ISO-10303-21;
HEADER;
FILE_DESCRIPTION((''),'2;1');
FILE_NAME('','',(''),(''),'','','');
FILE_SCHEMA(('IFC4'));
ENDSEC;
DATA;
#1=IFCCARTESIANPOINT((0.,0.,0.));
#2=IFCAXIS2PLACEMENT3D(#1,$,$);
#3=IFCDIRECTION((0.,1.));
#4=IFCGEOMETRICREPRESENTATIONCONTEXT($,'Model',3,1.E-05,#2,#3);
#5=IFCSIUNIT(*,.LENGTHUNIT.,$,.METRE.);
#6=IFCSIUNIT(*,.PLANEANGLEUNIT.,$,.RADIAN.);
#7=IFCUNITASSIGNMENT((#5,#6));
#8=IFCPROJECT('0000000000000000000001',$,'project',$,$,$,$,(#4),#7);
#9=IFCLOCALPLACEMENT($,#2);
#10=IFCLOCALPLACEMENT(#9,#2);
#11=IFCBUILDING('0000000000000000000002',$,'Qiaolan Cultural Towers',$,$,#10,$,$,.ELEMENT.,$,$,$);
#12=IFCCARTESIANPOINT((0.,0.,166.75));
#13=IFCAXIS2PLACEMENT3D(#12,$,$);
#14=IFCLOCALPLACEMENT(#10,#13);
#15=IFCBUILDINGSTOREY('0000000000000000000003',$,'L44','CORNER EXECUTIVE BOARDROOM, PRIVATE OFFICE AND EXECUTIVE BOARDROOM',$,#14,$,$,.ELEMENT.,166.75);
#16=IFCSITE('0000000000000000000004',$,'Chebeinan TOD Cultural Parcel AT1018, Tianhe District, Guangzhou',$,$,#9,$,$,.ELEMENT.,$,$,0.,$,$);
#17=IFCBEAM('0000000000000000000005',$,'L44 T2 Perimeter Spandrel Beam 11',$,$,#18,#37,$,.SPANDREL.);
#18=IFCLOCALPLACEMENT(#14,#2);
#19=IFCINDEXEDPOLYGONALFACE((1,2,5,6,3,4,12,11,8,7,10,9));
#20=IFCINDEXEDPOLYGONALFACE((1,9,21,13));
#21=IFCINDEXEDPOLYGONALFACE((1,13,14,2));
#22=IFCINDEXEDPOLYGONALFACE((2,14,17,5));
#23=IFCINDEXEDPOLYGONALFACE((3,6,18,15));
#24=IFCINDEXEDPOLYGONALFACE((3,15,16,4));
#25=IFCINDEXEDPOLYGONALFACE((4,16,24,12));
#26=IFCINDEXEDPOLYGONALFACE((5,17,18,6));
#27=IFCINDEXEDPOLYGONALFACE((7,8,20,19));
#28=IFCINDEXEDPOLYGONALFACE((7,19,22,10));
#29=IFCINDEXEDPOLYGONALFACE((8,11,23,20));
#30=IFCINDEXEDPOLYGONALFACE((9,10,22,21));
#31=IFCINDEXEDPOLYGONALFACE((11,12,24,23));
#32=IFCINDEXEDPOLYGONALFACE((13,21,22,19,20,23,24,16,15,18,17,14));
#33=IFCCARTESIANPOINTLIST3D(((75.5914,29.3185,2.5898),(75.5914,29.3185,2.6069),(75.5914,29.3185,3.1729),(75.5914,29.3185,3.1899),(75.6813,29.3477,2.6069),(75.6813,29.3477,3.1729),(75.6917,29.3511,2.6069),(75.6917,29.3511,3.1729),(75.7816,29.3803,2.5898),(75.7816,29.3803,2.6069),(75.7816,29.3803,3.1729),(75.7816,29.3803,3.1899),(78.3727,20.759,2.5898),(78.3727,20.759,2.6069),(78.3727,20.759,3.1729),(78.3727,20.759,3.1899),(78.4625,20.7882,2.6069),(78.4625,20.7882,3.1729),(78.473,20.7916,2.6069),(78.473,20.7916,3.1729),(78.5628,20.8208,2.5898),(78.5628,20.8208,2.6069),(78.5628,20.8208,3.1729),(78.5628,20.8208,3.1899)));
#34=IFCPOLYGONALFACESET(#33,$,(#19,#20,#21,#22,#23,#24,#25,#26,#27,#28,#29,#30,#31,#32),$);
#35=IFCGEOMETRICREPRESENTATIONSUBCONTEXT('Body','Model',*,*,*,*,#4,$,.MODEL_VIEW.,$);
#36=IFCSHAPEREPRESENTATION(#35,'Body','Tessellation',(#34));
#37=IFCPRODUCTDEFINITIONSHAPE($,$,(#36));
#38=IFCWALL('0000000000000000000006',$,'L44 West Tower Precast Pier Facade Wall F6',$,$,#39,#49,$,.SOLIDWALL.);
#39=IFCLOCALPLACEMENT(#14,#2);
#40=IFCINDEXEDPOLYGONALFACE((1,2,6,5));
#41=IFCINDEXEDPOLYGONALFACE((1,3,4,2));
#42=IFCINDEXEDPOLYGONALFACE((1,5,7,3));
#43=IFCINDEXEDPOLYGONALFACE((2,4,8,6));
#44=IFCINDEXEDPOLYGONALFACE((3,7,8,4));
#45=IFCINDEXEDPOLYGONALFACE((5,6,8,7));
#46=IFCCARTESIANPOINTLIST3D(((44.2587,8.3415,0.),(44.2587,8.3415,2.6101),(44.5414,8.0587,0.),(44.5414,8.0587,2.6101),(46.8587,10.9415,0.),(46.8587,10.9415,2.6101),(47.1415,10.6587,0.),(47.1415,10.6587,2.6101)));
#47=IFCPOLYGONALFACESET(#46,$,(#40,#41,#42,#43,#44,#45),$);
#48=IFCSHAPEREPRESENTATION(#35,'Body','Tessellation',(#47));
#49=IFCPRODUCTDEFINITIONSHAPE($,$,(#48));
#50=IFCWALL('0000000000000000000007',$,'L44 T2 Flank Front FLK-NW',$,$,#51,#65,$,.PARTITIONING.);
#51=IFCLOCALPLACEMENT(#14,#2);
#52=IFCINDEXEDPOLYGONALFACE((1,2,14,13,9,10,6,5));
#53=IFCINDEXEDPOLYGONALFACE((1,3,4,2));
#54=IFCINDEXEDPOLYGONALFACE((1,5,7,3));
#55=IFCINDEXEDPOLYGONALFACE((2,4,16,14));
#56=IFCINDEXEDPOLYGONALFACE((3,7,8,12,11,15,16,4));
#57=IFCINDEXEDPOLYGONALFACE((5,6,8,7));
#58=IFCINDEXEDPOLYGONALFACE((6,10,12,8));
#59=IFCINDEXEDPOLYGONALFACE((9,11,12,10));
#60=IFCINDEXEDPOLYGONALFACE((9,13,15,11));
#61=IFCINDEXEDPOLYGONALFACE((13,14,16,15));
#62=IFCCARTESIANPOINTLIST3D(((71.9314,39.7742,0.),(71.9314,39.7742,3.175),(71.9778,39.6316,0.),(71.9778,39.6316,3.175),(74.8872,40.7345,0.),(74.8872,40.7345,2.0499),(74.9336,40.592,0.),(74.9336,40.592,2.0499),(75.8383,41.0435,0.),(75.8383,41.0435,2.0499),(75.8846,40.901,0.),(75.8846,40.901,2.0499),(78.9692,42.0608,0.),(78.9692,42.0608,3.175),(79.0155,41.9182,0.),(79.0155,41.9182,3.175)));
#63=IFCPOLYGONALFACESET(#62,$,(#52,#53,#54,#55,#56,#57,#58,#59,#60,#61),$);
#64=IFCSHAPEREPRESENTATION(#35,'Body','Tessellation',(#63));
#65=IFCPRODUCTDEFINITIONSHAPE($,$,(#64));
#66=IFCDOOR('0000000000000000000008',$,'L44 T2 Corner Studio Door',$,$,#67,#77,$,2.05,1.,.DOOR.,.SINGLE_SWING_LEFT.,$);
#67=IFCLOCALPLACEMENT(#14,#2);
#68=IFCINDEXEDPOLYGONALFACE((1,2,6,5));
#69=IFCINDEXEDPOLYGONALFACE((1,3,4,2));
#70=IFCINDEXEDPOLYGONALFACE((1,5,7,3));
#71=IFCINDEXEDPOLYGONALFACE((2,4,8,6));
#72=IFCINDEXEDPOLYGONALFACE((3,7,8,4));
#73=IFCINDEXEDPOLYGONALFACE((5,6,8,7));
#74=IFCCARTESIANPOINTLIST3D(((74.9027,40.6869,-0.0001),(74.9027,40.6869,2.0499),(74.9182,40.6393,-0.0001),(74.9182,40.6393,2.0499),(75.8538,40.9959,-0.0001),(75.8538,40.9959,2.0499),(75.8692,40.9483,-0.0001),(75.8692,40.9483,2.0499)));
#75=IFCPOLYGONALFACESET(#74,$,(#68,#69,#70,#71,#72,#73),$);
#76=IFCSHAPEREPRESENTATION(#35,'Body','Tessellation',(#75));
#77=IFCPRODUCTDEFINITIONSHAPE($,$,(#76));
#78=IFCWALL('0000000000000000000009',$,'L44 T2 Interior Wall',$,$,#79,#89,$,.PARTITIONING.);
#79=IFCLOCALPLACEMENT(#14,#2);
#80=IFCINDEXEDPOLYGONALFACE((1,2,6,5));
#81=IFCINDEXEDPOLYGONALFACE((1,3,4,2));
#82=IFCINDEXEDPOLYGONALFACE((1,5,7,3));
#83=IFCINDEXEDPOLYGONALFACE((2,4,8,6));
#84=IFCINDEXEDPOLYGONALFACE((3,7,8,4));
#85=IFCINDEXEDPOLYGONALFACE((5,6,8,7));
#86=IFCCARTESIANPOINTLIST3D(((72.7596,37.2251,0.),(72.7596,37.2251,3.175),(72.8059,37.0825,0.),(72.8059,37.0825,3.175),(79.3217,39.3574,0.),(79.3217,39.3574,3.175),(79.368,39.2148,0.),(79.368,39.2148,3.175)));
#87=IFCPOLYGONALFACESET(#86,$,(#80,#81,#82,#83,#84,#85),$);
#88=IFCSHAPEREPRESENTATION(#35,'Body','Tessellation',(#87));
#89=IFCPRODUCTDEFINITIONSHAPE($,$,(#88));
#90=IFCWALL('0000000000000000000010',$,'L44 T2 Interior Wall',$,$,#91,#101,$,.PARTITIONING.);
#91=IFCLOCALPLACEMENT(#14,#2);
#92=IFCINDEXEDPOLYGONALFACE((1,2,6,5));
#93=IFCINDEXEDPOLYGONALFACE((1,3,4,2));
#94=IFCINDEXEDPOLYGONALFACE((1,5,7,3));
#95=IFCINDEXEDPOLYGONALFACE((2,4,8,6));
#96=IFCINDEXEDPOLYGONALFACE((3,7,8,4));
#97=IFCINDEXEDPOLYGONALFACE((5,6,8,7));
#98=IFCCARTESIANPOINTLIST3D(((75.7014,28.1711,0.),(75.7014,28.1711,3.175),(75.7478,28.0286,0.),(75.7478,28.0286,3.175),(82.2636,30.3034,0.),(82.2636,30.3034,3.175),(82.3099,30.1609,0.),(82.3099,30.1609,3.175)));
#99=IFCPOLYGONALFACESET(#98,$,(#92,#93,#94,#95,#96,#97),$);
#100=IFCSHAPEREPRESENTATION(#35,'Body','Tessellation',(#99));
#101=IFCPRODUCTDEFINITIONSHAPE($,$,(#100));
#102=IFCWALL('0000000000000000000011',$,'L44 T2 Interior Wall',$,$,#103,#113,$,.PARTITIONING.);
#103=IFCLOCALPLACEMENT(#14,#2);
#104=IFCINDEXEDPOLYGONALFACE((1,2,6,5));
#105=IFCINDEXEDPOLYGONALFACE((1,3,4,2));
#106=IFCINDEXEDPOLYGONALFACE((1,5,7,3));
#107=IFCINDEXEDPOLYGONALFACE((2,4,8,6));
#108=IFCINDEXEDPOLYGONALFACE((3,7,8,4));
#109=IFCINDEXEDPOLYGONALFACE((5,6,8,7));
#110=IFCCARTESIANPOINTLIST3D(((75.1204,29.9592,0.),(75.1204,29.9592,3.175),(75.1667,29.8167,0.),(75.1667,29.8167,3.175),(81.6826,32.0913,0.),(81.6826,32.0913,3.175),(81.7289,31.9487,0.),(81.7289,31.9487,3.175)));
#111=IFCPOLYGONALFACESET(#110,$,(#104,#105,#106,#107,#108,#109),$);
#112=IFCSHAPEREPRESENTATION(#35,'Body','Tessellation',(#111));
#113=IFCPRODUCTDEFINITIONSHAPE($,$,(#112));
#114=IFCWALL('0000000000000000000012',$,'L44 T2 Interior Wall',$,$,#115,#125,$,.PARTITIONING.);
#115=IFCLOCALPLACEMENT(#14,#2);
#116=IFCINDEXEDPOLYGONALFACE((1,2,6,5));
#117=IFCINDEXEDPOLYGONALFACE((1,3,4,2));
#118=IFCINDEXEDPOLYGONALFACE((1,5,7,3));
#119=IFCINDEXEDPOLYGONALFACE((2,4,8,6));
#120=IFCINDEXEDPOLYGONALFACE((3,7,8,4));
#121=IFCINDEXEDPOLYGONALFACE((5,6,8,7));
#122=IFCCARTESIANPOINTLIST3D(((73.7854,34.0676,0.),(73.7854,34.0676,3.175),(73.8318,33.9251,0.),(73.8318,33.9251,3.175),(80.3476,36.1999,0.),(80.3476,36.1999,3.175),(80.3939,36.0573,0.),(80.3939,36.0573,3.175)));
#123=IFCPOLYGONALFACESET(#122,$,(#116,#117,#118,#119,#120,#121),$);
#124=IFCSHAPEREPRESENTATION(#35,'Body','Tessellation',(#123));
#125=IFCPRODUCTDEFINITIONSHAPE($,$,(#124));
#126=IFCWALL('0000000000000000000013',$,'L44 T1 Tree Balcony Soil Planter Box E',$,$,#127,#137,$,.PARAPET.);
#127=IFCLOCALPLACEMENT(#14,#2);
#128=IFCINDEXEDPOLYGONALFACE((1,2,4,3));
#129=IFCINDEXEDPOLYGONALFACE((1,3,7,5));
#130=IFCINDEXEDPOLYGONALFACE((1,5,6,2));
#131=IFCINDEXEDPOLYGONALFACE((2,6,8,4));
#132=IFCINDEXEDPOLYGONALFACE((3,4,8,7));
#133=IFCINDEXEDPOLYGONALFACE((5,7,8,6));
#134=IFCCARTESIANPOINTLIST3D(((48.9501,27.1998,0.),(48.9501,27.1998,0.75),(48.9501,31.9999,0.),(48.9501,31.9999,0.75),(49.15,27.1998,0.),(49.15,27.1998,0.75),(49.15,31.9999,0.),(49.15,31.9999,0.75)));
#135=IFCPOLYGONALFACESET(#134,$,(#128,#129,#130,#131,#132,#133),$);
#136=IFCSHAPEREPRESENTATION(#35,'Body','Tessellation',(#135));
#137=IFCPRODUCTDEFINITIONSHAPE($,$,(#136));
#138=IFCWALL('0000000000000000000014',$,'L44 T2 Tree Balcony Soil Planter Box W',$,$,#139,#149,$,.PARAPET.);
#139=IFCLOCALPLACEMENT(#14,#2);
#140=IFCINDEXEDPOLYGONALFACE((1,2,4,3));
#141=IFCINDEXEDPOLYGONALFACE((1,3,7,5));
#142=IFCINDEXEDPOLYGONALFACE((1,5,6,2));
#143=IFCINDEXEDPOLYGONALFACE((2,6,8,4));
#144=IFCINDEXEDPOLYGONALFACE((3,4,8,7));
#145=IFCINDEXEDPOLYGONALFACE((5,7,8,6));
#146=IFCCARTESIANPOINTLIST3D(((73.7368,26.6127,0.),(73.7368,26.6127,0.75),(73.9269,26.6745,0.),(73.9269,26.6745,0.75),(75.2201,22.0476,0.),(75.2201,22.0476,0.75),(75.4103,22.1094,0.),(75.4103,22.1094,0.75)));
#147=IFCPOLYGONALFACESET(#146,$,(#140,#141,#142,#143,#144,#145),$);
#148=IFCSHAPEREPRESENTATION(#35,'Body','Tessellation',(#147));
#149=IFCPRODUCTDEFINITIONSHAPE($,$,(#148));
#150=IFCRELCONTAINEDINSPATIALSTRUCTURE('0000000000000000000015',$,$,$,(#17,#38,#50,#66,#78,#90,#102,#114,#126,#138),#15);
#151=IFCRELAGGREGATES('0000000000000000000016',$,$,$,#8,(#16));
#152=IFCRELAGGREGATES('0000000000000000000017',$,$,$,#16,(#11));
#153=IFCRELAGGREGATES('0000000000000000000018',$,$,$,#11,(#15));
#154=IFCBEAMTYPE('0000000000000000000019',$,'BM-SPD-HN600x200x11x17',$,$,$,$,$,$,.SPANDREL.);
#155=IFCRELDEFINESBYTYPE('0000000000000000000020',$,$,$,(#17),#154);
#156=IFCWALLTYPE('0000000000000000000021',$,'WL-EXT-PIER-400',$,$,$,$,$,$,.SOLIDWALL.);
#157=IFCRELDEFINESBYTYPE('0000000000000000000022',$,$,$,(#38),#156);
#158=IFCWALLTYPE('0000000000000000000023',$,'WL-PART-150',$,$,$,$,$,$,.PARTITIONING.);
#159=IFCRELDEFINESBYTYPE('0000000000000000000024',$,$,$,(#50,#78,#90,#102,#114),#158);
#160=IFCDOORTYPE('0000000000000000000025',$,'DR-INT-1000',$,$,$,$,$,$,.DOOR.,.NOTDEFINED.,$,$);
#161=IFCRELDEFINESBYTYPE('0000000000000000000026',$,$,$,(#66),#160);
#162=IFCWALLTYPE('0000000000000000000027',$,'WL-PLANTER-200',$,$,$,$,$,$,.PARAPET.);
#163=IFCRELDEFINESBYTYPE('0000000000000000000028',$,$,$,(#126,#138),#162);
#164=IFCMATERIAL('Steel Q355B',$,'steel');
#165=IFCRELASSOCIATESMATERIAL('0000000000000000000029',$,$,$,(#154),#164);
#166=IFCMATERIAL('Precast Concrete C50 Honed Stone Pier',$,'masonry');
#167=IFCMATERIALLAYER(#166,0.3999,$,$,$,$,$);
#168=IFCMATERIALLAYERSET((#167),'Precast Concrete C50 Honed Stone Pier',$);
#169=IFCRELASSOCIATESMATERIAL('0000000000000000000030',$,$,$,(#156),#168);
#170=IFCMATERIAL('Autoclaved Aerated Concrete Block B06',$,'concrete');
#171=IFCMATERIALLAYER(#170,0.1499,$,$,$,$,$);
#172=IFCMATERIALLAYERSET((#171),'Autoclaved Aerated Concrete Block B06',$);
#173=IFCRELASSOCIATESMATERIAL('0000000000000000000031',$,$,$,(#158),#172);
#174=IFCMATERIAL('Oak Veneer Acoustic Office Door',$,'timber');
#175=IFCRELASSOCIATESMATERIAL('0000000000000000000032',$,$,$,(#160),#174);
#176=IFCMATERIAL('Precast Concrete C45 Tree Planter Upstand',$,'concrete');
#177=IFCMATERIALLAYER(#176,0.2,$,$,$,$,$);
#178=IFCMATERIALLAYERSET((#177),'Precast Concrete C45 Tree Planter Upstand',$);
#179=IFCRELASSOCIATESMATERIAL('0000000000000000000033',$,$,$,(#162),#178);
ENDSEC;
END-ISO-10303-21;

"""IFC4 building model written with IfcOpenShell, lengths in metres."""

from ifc_helpers import new_model, si_unit, direction, frame, frame_2d, origin, origin_2d, place, context, subcontext, project, spatial, rectangle, i_section, extrude, material, layer, layer_set, material_profile, profile_set, type_object, element, fill, save


model = new_model("IFC4")

# Units and contexts
model_context = context("Model", 3, precision=1e-05, world=origin(), true_north=direction((0.0, 1.0)))
body_context = subcontext(model_context, "Body", "Model", "MODEL_VIEW")
ifc_project = project(units=[si_unit("LENGTHUNIT", "METRE"), si_unit("PLANEANGLEUNIT", "RADIAN")], contexts=[model_context])

# Site, building, storey
site_placement = place(None, origin())
site = spatial("IfcSite", under=ifc_project, at=site_placement, Name="Chebeinan TOD Cultural Parcel AT1018, Tianhe District, Guangzhou", CompositionType="ELEMENT", RefElevation=0.0)
building_placement = place(site_placement, origin())
building = spatial("IfcBuilding", under=site, at=building_placement, Name="Qiaolan Cultural Towers", CompositionType="ELEMENT")
storey_placement = place(building_placement, frame((0.0, 0.0, 166.75)))
storey = spatial("IfcBuildingStorey", under=building, at=storey_placement, Name="L44", Description="CORNER EXECUTIVE BOARDROOM, PRIVATE OFFICE AND EXECUTIVE BOARDROOM", CompositionType="ELEMENT", Elevation=166.75)

# Beam
ifc_material_1 = material(Name="Steel Q355B", Category="steel")
ifc_material_profile_1 = material_profile(ifc_material_1, i_section(OverallWidth=0.2, OverallDepth=0.6001, WebThickness=0.011, FlangeThickness=0.0171, at=origin_2d()), Name="HN600x200x11x17")
ifc_profile_set_1 = profile_set([ifc_material_profile_1], Name="Steel Q355B")
beam_type_1 = type_object("IfcBeamType", Name="BM-SPD-HN600x200x11x17", PredefinedType="SPANDREL", material=ifc_profile_set_1)
beam_1_placement = place(storey_placement, frame((75.6865, 29.3494, 2.8899), z_axis=(0.309025, -0.951054, 0.0), x_axis=(0.951054, 0.309025, 0.0)))
element("IfcBeam", 1, at=beam_1_placement, inside=storey, type_object=beam_type_1, Name="L44 T2 Perimeter Spandrel Beam 11", PredefinedType="SPANDREL", context=body_context, shape_type="SweptSolid", body=[
    extrude(i_section(OverallWidth=0.2, OverallDepth=0.6001, WebThickness=0.011, FlangeThickness=0.0171, at=origin_2d()), origin(), (0.0, 0.0, 1.0), 9.0),
])

# Wall
ifc_material_2 = material(Name="Precast Concrete C50 Honed Stone Pier", Category="masonry")
ifc_layer_1 = layer(ifc_material_2, 0.3999)
ifc_layer_set_1 = layer_set([ifc_layer_1], Name="Precast Concrete C50 Honed Stone Pier")
wall_type_1 = type_object("IfcWallType", Name="WL-EXT-PIER-400", PredefinedType="SOLIDWALL", material=ifc_layer_set_1)
wall_1_placement = place(storey_placement, frame((47.0, 10.8, 0.0), z_axis=(0.0, 0.0, 1.0), x_axis=(-0.707107, -0.707107, 0.0)))
element("IfcWall", 2, at=wall_1_placement, inside=storey, type_object=wall_type_1, Name="L44 West Tower Precast Pier Facade Wall F6", PredefinedType="SOLIDWALL", context=body_context, shape_type="SweptSolid", body=[
    extrude(rectangle(XDim=3.677, YDim=0.3999, at=frame_2d((1.8384, 0.0))), origin(), (0.0, 0.0, 1.0), 2.6101),
])

# Wall, opening, door
ifc_material_3 = material(Name="Autoclaved Aerated Concrete Block B06", Category="concrete")
ifc_layer_2 = layer(ifc_material_3, 0.1499)
ifc_layer_set_2 = layer_set([ifc_layer_2], Name="Autoclaved Aerated Concrete Block B06")
wall_type_2 = type_object("IfcWallType", Name="WL-PART-150", PredefinedType="PARTITIONING", material=ifc_layer_set_2)
wall_2_placement = place(storey_placement, frame((71.9546, 39.7029, 0.0), z_axis=(0.0, 0.0, 1.0), x_axis=(0.951061, 0.309003, 0.0)))
wall_2 = element("IfcWall", 3, at=wall_2_placement, inside=storey, type_object=wall_type_2, Name="L44 T2 Flank Front FLK-NW", PredefinedType="PARTITIONING", context=body_context, shape_type="SweptSolid", body=[
    extrude(rectangle(XDim=7.3999, YDim=0.1499, at=frame_2d((3.7, 0.0))), origin(), (0.0, 0.0, 1.0), 3.175),
])
opening_placement = place(wall_2_placement, frame((3.1079, 0.0, 0.0)))
opening = element("IfcOpeningElement", 4, at=opening_placement, cuts=wall_2, PredefinedType="OPENING", context=body_context, shape_type="SweptSolid", body=[
    extrude(rectangle(XDim=1.0, YDim=2.05, at=frame_2d((0.5, 1.0249))), frame((0.0, 0.085, 0.0), z_axis=(0.0, -1.0, 0.0), x_axis=(1.0, 0.0, 0.0)), (0.0, 0.0, 1.0), 0.1699),
])
ifc_material_4 = material(Name="Oak Veneer Acoustic Office Door", Category="timber")
door_type = type_object("IfcDoorType", Name="DR-INT-1000", OperationType="NOTDEFINED", PredefinedType="DOOR", material=ifc_material_4)
door_placement = place(opening_placement, origin())
door = element("IfcDoor", 5, at=door_placement, inside=storey, type_object=door_type, Name="L44 T2 Corner Studio Door", OperationType="SINGLE_SWING_LEFT", OverallHeight=2.05, OverallWidth=1.0, PredefinedType="DOOR", context=body_context, shape_type="SweptSolid", body=[
    extrude(rectangle(XDim=1.0, YDim=2.05, at=frame_2d((0.5, 1.0249))), frame((0.0, 0.0249, 0.0), z_axis=(0.0, -1.0, 0.0), x_axis=(1.0, 0.0, 0.0)), (0.0, 0.0, 1.0), 0.05),
])
fill(opening, door)

# Walls
for number, where, z_axis, x_axis, name in (
    (6, (72.7827, 37.1538, 0.0), (0.0, 0.0, 1.0), (0.951051, 0.309032, 0.0), "L44 T2 Interior Wall"),
    (7, (75.7246, 28.0999, 0.0), (0.0, 0.0, 1.0), (0.951051, 0.309032, 0.0), "L44 T2 Interior Wall"),
    (8, (75.1436, 29.8879, 0.0), (0.0, 0.0, 1.0), (0.951062, 0.309, 0.0), "L44 T2 Interior Wall"),
    (9, (73.8086, 33.9963, 0.0), (0.0, 0.0, 1.0), (0.951051, 0.309032, 0.0), "L44 T2 Interior Wall"),
):
    element("IfcWall", number, at=place(storey_placement, frame(where, z_axis=z_axis, x_axis=x_axis)), inside=storey, type_object=wall_type_2, Name=name, PredefinedType="PARTITIONING", context=body_context, shape_type="SweptSolid", body=[
        extrude(rectangle(XDim=6.8999, YDim=0.1499, at=frame_2d((3.45, 0.0))), origin(), (0.0, 0.0, 1.0), 3.175),
    ])
ifc_material_5 = material(Name="Precast Concrete C45 Tree Planter Upstand", Category="concrete")
ifc_layer_3 = layer(ifc_material_5, 0.2)
ifc_layer_set_3 = layer_set([ifc_layer_3], Name="Precast Concrete C45 Tree Planter Upstand")
wall_type_3 = type_object("IfcWallType", Name="WL-PLANTER-200", PredefinedType="PARAPET", material=ifc_layer_set_3)
for number, where, z_axis, x_axis, name in (
    (10, (49.05, 27.2, 0.0), (0.0, 0.0, 1.0), (0.0, 1.0, 0.0), "L44 T1 Tree Balcony Soil Planter Box E"),
    (11, (75.3152, 22.0786, 0.0), (0.0, 0.0, 1.0), (-0.309032, 0.951052, 0.0), "L44 T2 Tree Balcony Soil Planter Box W"),
):
    element("IfcWall", number, at=place(storey_placement, frame(where, z_axis=z_axis, x_axis=x_axis)), inside=storey, type_object=wall_type_3, Name=name, PredefinedType="PARAPET", context=body_context, shape_type="SweptSolid", body=[
        extrude(rectangle(XDim=4.8, YDim=0.2, at=frame_2d((2.3999, 0.0))), origin(), (0.0, 0.0, 1.0), 0.75),
    ])

save(model, "model.ifc")
